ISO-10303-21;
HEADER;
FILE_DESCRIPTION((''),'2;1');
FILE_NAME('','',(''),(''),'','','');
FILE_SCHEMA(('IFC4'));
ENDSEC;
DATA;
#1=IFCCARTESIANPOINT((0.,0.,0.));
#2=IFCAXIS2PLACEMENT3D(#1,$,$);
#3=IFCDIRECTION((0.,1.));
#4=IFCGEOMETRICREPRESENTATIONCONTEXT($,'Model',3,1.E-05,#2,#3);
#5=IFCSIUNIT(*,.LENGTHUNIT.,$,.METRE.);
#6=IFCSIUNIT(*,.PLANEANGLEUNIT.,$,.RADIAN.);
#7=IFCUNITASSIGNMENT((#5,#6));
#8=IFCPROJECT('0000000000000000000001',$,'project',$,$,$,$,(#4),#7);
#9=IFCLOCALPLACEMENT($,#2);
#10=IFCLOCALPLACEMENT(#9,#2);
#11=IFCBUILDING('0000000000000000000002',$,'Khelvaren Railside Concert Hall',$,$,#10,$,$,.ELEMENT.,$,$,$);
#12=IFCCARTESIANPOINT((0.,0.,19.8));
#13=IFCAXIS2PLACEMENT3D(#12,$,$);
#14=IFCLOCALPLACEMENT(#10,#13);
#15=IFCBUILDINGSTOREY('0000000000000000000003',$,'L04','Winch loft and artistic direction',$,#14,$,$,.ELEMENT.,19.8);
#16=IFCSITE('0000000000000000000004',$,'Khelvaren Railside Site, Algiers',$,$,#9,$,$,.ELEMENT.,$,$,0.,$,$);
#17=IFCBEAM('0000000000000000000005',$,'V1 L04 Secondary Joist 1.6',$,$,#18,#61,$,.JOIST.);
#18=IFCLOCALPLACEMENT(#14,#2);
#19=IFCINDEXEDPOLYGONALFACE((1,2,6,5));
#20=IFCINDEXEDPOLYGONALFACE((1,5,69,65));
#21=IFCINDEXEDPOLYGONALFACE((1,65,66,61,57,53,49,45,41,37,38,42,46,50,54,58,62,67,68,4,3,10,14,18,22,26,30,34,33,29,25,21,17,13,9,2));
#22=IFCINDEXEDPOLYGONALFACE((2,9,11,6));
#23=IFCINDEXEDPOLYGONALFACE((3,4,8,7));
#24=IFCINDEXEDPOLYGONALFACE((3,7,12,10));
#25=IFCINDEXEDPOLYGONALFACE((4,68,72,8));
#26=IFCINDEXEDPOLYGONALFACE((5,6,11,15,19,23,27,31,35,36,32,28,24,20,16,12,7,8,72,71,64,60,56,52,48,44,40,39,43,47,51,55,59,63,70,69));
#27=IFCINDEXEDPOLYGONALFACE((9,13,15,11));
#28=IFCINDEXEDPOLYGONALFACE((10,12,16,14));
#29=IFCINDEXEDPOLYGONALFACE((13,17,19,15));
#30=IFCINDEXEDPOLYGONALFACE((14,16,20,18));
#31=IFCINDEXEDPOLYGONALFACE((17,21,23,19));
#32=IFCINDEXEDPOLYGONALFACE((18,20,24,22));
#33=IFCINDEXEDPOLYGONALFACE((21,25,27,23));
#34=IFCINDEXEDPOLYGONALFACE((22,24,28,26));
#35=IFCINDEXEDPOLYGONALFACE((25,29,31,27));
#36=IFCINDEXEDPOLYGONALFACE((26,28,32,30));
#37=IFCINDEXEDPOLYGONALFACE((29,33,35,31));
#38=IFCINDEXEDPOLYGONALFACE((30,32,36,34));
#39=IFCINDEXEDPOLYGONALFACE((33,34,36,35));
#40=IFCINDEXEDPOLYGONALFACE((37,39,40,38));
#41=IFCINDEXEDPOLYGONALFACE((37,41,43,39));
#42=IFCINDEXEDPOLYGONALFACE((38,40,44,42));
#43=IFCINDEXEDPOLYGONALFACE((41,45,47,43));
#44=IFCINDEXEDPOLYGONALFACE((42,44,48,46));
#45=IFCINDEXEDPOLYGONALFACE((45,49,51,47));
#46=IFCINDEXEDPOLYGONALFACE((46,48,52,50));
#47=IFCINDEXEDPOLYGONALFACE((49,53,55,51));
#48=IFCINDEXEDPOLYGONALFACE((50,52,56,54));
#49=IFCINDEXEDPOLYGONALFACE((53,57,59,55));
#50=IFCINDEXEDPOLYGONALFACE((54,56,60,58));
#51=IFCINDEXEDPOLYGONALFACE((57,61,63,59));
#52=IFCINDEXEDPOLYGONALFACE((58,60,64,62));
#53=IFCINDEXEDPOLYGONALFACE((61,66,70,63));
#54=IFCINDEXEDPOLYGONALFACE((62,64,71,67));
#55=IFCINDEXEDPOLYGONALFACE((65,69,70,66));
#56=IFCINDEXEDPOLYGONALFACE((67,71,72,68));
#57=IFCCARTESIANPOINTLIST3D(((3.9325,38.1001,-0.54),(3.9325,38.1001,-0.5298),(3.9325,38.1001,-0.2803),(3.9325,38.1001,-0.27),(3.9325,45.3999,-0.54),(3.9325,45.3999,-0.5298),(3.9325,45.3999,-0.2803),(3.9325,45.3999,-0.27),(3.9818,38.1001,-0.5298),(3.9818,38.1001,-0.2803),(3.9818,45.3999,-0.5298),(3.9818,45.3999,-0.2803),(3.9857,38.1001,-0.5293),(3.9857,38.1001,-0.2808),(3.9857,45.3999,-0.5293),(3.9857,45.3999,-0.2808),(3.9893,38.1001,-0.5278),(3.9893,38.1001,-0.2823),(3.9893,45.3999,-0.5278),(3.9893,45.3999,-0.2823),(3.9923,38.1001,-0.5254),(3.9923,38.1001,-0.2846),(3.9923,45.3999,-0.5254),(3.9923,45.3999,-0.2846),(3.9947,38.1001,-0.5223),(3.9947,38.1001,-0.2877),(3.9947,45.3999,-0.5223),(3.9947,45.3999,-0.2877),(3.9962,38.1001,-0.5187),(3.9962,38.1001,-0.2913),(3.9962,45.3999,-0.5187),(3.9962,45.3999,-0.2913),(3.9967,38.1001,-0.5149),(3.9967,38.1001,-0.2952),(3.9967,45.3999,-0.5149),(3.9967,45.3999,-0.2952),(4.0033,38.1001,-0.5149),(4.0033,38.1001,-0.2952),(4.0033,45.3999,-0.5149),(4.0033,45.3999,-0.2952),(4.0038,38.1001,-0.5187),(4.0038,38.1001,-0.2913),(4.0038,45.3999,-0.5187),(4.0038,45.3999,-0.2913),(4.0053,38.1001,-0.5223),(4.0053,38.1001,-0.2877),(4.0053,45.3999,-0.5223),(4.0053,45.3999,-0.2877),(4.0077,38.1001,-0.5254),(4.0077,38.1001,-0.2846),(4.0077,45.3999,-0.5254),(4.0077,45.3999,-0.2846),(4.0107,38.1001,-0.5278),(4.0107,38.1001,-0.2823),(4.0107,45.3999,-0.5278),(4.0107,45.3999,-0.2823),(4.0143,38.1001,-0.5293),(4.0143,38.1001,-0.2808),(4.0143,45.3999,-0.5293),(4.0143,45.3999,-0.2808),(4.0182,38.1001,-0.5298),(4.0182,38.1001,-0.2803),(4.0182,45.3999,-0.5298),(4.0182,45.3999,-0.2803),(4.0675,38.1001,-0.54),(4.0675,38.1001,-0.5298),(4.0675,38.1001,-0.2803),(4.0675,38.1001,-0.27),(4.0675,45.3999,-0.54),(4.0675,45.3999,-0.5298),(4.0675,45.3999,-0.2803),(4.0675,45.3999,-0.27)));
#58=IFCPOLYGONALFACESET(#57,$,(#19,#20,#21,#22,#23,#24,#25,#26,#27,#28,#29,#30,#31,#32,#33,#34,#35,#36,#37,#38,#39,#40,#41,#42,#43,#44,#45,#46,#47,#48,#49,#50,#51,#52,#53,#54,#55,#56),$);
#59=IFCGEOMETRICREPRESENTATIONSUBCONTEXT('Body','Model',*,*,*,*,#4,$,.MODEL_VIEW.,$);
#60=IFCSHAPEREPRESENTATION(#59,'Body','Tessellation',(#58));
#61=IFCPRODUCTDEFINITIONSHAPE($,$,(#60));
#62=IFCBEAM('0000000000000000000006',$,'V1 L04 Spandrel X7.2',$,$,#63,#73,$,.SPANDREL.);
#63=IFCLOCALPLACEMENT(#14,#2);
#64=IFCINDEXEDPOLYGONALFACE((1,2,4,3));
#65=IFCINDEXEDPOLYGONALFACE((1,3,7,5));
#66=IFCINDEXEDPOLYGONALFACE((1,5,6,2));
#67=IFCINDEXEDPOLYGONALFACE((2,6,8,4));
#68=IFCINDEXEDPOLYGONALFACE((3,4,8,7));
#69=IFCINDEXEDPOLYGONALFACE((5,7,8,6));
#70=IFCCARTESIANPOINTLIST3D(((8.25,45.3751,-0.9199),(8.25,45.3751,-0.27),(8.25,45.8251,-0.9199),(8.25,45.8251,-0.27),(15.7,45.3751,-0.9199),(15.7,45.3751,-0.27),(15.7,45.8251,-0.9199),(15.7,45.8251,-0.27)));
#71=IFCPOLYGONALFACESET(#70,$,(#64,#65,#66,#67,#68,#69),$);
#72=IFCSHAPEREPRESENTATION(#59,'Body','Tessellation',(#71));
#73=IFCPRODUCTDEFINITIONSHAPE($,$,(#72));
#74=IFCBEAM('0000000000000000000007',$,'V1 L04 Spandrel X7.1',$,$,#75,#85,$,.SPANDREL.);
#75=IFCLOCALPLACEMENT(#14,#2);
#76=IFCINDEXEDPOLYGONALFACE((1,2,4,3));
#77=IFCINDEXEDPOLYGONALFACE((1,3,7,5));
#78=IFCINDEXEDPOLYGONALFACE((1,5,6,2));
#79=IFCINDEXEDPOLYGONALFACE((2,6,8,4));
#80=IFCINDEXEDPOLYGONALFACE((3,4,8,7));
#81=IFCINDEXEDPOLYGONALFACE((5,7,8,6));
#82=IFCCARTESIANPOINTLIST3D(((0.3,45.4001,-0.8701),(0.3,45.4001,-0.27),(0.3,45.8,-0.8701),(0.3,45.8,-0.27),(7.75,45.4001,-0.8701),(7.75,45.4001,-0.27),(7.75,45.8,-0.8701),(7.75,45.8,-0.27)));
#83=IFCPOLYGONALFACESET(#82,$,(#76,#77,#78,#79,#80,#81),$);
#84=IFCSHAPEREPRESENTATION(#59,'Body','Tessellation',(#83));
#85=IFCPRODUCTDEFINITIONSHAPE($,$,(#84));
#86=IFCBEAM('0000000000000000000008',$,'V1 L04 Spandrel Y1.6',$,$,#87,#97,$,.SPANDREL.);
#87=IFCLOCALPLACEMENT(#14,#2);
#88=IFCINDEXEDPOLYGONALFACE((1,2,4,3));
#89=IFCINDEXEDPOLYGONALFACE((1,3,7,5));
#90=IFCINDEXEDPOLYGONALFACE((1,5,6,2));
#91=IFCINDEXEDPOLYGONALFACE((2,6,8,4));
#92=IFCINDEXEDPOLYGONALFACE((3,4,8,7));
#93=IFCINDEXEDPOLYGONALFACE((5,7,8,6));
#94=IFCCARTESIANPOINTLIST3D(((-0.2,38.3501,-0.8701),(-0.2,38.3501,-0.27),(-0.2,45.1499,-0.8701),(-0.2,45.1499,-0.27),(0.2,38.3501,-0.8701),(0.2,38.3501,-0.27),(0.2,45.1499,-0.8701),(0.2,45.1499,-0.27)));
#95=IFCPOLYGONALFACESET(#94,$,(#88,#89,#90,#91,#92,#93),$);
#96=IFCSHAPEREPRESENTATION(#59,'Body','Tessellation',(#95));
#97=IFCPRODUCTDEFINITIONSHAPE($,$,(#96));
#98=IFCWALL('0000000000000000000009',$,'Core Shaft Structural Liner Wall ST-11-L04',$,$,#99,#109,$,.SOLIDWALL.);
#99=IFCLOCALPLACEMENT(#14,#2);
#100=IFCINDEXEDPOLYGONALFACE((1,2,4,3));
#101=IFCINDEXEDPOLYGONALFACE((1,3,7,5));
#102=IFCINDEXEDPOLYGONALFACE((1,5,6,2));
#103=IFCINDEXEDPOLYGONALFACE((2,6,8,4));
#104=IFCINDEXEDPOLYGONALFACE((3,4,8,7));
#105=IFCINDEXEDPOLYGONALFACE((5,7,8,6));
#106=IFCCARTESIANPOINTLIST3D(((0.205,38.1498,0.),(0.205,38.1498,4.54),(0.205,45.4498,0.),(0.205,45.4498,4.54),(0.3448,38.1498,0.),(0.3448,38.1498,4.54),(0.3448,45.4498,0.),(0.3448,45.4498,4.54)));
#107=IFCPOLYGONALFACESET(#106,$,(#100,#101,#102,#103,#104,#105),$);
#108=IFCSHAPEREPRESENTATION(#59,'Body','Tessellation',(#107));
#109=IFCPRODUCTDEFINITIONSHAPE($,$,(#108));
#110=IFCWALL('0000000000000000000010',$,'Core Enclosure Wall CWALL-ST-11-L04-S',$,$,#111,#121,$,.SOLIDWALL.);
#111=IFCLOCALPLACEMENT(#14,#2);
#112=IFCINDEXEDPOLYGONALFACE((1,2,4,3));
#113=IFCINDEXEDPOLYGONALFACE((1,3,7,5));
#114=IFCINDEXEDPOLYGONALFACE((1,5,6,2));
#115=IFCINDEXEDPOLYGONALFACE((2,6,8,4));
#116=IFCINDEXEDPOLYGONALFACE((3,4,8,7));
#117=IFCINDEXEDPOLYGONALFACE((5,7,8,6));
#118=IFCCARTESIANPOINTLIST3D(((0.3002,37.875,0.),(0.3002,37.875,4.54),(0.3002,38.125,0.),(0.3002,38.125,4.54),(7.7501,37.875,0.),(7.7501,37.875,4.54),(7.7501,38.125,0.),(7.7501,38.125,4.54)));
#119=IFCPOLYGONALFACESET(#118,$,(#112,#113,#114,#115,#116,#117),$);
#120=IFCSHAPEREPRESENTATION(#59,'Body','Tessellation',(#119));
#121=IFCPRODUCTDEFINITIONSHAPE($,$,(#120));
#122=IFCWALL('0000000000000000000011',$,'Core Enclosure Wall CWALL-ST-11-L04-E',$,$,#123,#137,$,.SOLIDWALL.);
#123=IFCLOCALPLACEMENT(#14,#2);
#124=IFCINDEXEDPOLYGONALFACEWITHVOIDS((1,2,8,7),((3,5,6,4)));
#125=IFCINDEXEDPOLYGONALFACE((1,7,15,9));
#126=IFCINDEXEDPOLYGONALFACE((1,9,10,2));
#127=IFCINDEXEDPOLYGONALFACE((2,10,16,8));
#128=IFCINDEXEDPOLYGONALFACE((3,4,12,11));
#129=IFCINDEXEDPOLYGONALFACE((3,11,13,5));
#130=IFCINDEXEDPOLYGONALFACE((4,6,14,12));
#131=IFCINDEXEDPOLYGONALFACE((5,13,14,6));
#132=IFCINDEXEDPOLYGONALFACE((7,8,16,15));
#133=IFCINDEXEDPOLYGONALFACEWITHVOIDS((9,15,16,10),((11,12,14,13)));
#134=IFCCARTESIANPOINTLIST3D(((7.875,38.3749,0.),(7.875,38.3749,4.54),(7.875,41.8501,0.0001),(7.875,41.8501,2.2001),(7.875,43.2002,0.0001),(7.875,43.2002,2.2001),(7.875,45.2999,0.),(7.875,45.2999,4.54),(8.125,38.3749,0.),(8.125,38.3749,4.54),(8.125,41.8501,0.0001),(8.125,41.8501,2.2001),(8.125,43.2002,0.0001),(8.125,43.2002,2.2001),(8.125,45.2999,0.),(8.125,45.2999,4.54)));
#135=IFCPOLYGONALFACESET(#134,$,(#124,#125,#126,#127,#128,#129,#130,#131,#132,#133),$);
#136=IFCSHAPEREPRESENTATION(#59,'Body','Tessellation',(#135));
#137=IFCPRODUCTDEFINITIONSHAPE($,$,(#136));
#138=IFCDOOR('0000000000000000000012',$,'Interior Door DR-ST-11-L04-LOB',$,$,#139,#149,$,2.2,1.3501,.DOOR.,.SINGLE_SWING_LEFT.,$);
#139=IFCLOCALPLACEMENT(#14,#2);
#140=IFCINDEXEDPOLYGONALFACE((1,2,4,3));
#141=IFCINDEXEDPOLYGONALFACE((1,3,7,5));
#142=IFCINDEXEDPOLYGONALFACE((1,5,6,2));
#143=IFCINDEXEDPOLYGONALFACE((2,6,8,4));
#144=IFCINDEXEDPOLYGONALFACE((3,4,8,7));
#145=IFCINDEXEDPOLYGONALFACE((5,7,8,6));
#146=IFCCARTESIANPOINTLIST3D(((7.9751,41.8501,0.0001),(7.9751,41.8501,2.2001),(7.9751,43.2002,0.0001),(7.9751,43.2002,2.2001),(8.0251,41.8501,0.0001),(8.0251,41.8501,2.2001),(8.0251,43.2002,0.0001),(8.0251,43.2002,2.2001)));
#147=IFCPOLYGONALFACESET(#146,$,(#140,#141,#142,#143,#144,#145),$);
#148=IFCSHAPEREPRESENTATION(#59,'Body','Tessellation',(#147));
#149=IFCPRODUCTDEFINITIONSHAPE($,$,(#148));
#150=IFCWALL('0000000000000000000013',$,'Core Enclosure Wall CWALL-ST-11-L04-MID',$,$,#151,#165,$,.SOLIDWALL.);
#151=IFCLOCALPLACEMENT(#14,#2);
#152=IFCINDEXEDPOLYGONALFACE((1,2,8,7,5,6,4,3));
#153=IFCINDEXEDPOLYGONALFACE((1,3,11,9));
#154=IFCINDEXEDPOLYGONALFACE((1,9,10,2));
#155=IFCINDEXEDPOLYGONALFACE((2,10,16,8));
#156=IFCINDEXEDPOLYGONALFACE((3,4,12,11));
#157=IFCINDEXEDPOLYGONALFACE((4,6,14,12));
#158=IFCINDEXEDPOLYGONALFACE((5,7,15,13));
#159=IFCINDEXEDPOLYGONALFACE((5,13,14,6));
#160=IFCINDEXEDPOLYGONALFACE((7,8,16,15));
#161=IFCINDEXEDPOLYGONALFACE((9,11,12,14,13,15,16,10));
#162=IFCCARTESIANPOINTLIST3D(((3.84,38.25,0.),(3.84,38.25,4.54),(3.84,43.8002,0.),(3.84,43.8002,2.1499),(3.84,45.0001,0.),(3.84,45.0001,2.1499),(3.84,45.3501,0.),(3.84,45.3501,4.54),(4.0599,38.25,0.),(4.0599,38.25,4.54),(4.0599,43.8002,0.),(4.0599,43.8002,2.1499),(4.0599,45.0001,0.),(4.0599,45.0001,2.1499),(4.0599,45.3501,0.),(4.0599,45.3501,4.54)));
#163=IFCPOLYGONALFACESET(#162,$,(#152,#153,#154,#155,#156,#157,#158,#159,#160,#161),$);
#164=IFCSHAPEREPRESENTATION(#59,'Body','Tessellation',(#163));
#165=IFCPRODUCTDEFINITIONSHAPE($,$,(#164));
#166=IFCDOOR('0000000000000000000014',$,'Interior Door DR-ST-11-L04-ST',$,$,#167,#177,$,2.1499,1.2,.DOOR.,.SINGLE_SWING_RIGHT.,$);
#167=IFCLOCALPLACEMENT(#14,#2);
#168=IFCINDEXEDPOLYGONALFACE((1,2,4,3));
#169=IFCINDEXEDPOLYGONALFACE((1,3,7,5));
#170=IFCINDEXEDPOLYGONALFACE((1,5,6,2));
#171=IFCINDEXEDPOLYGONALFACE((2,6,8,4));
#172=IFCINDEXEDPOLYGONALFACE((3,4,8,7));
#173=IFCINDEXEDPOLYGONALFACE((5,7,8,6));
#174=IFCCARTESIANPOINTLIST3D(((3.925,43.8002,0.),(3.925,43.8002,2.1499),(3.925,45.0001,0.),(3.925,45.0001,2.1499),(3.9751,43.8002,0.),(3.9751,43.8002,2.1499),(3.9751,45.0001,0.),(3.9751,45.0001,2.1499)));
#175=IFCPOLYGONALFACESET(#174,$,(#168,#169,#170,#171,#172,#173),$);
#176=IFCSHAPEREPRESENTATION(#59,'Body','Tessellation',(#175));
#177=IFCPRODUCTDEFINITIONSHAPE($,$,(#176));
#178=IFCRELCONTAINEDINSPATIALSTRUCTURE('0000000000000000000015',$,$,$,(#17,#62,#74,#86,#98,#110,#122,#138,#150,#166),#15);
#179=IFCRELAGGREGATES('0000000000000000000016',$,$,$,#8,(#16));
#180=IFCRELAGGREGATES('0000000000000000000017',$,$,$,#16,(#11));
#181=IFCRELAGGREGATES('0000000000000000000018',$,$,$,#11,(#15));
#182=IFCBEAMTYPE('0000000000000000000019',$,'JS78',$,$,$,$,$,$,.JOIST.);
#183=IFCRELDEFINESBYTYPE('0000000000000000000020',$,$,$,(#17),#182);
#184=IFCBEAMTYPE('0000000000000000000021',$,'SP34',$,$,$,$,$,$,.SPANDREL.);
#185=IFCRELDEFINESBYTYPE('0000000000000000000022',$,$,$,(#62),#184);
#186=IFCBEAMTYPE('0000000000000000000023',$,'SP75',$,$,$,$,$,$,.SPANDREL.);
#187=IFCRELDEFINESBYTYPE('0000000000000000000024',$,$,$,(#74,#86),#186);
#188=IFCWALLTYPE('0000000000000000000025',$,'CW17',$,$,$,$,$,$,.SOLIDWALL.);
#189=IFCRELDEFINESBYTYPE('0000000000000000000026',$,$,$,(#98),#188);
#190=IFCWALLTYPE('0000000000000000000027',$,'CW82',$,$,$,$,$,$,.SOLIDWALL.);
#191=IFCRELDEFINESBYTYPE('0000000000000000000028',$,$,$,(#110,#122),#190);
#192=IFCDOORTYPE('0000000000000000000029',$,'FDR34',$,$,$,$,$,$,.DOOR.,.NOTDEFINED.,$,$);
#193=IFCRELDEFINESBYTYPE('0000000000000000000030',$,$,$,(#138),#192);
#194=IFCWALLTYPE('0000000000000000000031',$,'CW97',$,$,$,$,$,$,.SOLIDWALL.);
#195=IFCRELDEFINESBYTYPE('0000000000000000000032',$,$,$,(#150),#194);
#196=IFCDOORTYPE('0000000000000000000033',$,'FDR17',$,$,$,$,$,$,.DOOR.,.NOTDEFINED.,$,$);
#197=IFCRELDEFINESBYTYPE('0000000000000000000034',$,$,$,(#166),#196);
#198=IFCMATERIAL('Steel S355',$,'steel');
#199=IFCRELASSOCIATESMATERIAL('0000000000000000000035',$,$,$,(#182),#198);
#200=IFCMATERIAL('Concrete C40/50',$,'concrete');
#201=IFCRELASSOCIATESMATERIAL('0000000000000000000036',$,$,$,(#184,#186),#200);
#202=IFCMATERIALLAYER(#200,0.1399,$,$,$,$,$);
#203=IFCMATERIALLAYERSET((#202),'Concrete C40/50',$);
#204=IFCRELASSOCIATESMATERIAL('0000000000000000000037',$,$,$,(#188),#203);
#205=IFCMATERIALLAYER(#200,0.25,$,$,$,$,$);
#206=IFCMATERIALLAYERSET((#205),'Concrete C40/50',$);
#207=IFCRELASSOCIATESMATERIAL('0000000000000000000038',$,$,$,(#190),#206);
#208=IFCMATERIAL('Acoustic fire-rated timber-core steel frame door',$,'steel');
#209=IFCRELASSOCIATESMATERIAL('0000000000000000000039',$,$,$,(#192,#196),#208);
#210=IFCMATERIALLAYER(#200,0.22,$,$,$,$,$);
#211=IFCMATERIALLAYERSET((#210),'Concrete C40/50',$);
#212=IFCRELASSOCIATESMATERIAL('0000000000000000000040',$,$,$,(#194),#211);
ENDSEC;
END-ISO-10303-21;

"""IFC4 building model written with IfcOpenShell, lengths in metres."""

from ifc_helpers import new_model, si_unit, direction, frame, frame_2d, origin, origin_2d, place, context, subcontext, project, spatial, rectangle, i_section, extrude, material, layer, layer_set, material_profile, profile_set, type_object, element, fill, save


model = new_model("IFC4")

# Units and contexts
model_context = context("Model", 3, precision=1e-05, world=origin(), true_north=direction((0.0, 1.0)))
body_context = subcontext(model_context, "Body", "Model", "MODEL_VIEW")
ifc_project = project(units=[si_unit("LENGTHUNIT", "METRE"), si_unit("PLANEANGLEUNIT", "RADIAN")], contexts=[model_context])

# Site, building, storey
site_placement = place(None, origin())
site = spatial("IfcSite", under=ifc_project, at=site_placement, Name="Khelvaren Railside Site, Algiers", CompositionType="ELEMENT", RefElevation=0.0)
building_placement = place(site_placement, origin())
building = spatial("IfcBuilding", under=site, at=building_placement, Name="Khelvaren Railside Concert Hall", CompositionType="ELEMENT")
storey_placement = place(building_placement, frame((0.0, 0.0, 19.8)))
storey = spatial("IfcBuildingStorey", under=building, at=storey_placement, Name="L04", Description="Winch loft and artistic direction", CompositionType="ELEMENT", Elevation=19.8)

# Beams
ifc_material_1 = material(Name="Steel S355", Category="steel")
ifc_material_profile_1 = material_profile(ifc_material_1, i_section(OverallWidth=0.135, OverallDepth=0.27, WebThickness=0.0066, FlangeThickness=0.0103, FilletRadius=0.0149, at=origin_2d()), Name="IPE 270")
ifc_profile_set_1 = profile_set([ifc_material_profile_1], Name="Steel S355")
beam_type_1 = type_object("IfcBeamType", Name="JS78", PredefinedType="JOIST", material=ifc_profile_set_1)
beam_1_placement = place(storey_placement, frame((4.0, 38.1001, -0.405), z_axis=(0.0, 1.0, 0.0), x_axis=(-1.0, 0.0, 0.0)))
element("IfcBeam", 1, at=beam_1_placement, inside=storey, type_object=beam_type_1, Name="V1 L04 Secondary Joist 1.6", PredefinedType="JOIST", context=body_context, shape_type="SweptSolid", body=[
    extrude(i_section(OverallWidth=0.135, OverallDepth=0.27, WebThickness=0.0066, FlangeThickness=0.0103, FilletRadius=0.0149, at=origin_2d()), origin(), (0.0, 0.0, 1.0), 7.2998),
])
ifc_material_2 = material(Name="Concrete C40/50", Category="concrete")
ifc_material_profile_2 = material_profile(ifc_material_2, rectangle(XDim=0.45, YDim=0.6499, at=origin_2d()), Name="RCB 450x650")
ifc_profile_set_2 = profile_set([ifc_material_profile_2], Name="Concrete C40/50")
beam_type_2 = type_object("IfcBeamType", Name="SP34", PredefinedType="SPANDREL", material=ifc_profile_set_2)
beam_2_placement = place(storey_placement, frame((8.25, 45.6001, -0.595), z_axis=(1.0, 0.0, 0.0), x_axis=(0.0, 1.0, 0.0)))
element("IfcBeam", 2, at=beam_2_placement, inside=storey, type_object=beam_type_2, Name="V1 L04 Spandrel X7.2", PredefinedType="SPANDREL", context=body_context, shape_type="SweptSolid", body=[
    extrude(rectangle(XDim=0.45, YDim=0.6499, at=origin_2d()), origin(), (0.0, 0.0, 1.0), 7.45),
])
ifc_material_profile_3 = material_profile(ifc_material_2, rectangle(XDim=0.3999, YDim=0.6001, at=origin_2d()), Name="RCB 400x600")
ifc_profile_set_3 = profile_set([ifc_material_profile_3], Name="Concrete C40/50")
beam_type_3 = type_object("IfcBeamType", Name="SP75", PredefinedType="SPANDREL", material=ifc_profile_set_3)
beam_3_placement = place(storey_placement, frame((0.3, 45.6001, -0.5701), z_axis=(1.0, 0.0, 0.0), x_axis=(0.0, 1.0, 0.0)))
element("IfcBeam", 3, at=beam_3_placement, inside=storey, type_object=beam_type_3, Name="V1 L04 Spandrel X7.1", PredefinedType="SPANDREL", context=body_context, shape_type="SweptSolid", body=[
    extrude(rectangle(XDim=0.3999, YDim=0.6001, at=origin_2d()), origin(), (0.0, 0.0, 1.0), 7.45),
])
beam_4_placement = place(storey_placement, frame((0.0, 38.3501, -0.5701), z_axis=(0.0, 1.0, 0.0), x_axis=(-1.0, 0.0, 0.0)))
element("IfcBeam", 4, at=beam_4_placement, inside=storey, type_object=beam_type_3, Name="V1 L04 Spandrel Y1.6", PredefinedType="SPANDREL", context=body_context, shape_type="SweptSolid", body=[
    extrude(rectangle(XDim=0.3999, YDim=0.6001, at=origin_2d()), origin(), (0.0, 0.0, 1.0), 6.7998),
])

# Walls
ifc_layer_1 = layer(ifc_material_2, 0.1399)
ifc_layer_set_1 = layer_set([ifc_layer_1], Name="Concrete C40/50")
wall_type_1 = type_object("IfcWallType", Name="CW17", PredefinedType="SOLIDWALL", material=ifc_layer_set_1)
wall_1_placement = place(storey_placement, frame((0.2749, 38.1499, 0.0), z_axis=(0.0, 0.0, 1.0), x_axis=(0.0, 1.0, 0.0)))
element("IfcWall", 5, at=wall_1_placement, inside=storey, type_object=wall_type_1, Name="Core Shaft Structural Liner Wall ST-11-L04", PredefinedType="SOLIDWALL", context=body_context, shape_type="SweptSolid", body=[
    extrude(rectangle(XDim=7.3, YDim=0.1399, at=frame_2d((3.6499, 0.0))), origin(), (0.0, 0.0, 1.0), 4.54),
])
ifc_layer_2 = layer(ifc_material_2, 0.25)
ifc_layer_set_2 = layer_set([ifc_layer_2], Name="Concrete C40/50")
wall_type_2 = type_object("IfcWallType", Name="CW82", PredefinedType="SOLIDWALL", material=ifc_layer_set_2)
wall_2_placement = place(storey_placement, frame((0.3, 38.0, 0.0), z_axis=(0.0, 0.0, 1.0), x_axis=(1.0, 0.0, 0.0)))
element("IfcWall", 6, at=wall_2_placement, inside=storey, type_object=wall_type_2, Name="Core Enclosure Wall CWALL-ST-11-L04-S", PredefinedType="SOLIDWALL", context=body_context, shape_type="SweptSolid", body=[
    extrude(rectangle(XDim=7.45, YDim=0.25, at=frame_2d((3.7251, 0.0))), origin(), (0.0, 0.0, 1.0), 4.54),
])

# Walls, openings, doors
wall_3_placement = place(storey_placement, frame((8.0, 38.375, 0.0), z_axis=(0.0, 0.0, 1.0), x_axis=(0.0, 1.0, 0.0)))
wall_3 = element("IfcWall", 7, at=wall_3_placement, inside=storey, type_object=wall_type_2, Name="Core Enclosure Wall CWALL-ST-11-L04-E", PredefinedType="SOLIDWALL", context=body_context, shape_type="SweptSolid", body=[
    extrude(rectangle(XDim=6.925, YDim=0.25, at=frame_2d((3.4624, 0.0))), origin(), (0.0, 0.0, 1.0), 4.54),
])
opening_1_placement = place(wall_3_placement, frame((3.4751, 0.0, 0.0)))
opening_1 = element("IfcOpeningElement", 8, at=opening_1_placement, cuts=wall_3, PredefinedType="OPENING", context=body_context, shape_type="SweptSolid", body=[
    extrude(rectangle(XDim=1.3501, YDim=2.2, at=frame_2d((0.675, 1.1001))), frame((0.0, 0.135, 0.0), z_axis=(0.0, -1.0, 0.0), x_axis=(1.0, 0.0, 0.0)), (0.0, 0.0, 1.0), 0.27),
])
ifc_material_3 = material(Name="Acoustic fire-rated timber-core steel frame door", Category="steel")
door_type_1 = type_object("IfcDoorType", Name="FDR34", OperationType="NOTDEFINED", PredefinedType="DOOR", material=ifc_material_3)
door_1_placement = place(opening_1_placement, origin())
door_1 = element("IfcDoor", 9, at=door_1_placement, inside=storey, type_object=door_type_1, Name="Interior Door DR-ST-11-L04-LOB", OperationType="SINGLE_SWING_LEFT", OverallHeight=2.2, OverallWidth=1.3501, PredefinedType="DOOR", context=body_context, shape_type="SweptSolid", body=[
    extrude(rectangle(XDim=1.3501, YDim=2.2, at=frame_2d((0.675, 1.1001))), frame((0.0, 0.0249, 0.0), z_axis=(0.0, -1.0, 0.0), x_axis=(1.0, 0.0, 0.0)), (0.0, 0.0, 1.0), 0.05),
])
fill(opening_1, door_1)
ifc_layer_3 = layer(ifc_material_2, 0.22)
ifc_layer_set_3 = layer_set([ifc_layer_3], Name="Concrete C40/50")
wall_type_3 = type_object("IfcWallType", Name="CW97", PredefinedType="SOLIDWALL", material=ifc_layer_set_3)
wall_4_placement = place(storey_placement, frame((3.95, 38.25, 0.0), z_axis=(0.0, 0.0, 1.0), x_axis=(0.0, 1.0, 0.0)))
wall_4 = element("IfcWall", 10, at=wall_4_placement, inside=storey, type_object=wall_type_3, Name="Core Enclosure Wall CWALL-ST-11-L04-MID", PredefinedType="SOLIDWALL", context=body_context, shape_type="SweptSolid", body=[
    extrude(rectangle(XDim=7.1001, YDim=0.22, at=frame_2d((3.55, 0.0))), origin(), (0.0, 0.0, 1.0), 4.54),
])
opening_2_placement = place(wall_4_placement, frame((5.55, 0.0, 0.0)))
opening_2 = element("IfcOpeningElement", 11, at=opening_2_placement, cuts=wall_4, PredefinedType="OPENING", context=body_context, shape_type="SweptSolid", body=[
    extrude(rectangle(XDim=1.2, YDim=2.1499, at=frame_2d((0.6001, 1.075))), frame((0.0, 0.1199, 0.0), z_axis=(0.0, -1.0, 0.0), x_axis=(1.0, 0.0, 0.0)), (0.0, 0.0, 1.0), 0.24),
])
door_type_2 = type_object("IfcDoorType", Name="FDR17", OperationType="NOTDEFINED", PredefinedType="DOOR", material=ifc_material_3)
door_2_placement = place(opening_2_placement, origin())
door_2 = element("IfcDoor", 12, at=door_2_placement, inside=storey, type_object=door_type_2, Name="Interior Door DR-ST-11-L04-ST", OperationType="SINGLE_SWING_RIGHT", OverallHeight=2.1499, OverallWidth=1.2, PredefinedType="DOOR", context=body_context, shape_type="SweptSolid", body=[
    extrude(rectangle(XDim=1.2, YDim=2.1499, at=frame_2d((0.6001, 1.075))), frame((0.0, 0.0249, 0.0), z_axis=(0.0, -1.0, 0.0), x_axis=(1.0, 0.0, 0.0)), (0.0, 0.0, 1.0), 0.05),
])
fill(opening_2, door_2)

save(model, "model.ifc")
